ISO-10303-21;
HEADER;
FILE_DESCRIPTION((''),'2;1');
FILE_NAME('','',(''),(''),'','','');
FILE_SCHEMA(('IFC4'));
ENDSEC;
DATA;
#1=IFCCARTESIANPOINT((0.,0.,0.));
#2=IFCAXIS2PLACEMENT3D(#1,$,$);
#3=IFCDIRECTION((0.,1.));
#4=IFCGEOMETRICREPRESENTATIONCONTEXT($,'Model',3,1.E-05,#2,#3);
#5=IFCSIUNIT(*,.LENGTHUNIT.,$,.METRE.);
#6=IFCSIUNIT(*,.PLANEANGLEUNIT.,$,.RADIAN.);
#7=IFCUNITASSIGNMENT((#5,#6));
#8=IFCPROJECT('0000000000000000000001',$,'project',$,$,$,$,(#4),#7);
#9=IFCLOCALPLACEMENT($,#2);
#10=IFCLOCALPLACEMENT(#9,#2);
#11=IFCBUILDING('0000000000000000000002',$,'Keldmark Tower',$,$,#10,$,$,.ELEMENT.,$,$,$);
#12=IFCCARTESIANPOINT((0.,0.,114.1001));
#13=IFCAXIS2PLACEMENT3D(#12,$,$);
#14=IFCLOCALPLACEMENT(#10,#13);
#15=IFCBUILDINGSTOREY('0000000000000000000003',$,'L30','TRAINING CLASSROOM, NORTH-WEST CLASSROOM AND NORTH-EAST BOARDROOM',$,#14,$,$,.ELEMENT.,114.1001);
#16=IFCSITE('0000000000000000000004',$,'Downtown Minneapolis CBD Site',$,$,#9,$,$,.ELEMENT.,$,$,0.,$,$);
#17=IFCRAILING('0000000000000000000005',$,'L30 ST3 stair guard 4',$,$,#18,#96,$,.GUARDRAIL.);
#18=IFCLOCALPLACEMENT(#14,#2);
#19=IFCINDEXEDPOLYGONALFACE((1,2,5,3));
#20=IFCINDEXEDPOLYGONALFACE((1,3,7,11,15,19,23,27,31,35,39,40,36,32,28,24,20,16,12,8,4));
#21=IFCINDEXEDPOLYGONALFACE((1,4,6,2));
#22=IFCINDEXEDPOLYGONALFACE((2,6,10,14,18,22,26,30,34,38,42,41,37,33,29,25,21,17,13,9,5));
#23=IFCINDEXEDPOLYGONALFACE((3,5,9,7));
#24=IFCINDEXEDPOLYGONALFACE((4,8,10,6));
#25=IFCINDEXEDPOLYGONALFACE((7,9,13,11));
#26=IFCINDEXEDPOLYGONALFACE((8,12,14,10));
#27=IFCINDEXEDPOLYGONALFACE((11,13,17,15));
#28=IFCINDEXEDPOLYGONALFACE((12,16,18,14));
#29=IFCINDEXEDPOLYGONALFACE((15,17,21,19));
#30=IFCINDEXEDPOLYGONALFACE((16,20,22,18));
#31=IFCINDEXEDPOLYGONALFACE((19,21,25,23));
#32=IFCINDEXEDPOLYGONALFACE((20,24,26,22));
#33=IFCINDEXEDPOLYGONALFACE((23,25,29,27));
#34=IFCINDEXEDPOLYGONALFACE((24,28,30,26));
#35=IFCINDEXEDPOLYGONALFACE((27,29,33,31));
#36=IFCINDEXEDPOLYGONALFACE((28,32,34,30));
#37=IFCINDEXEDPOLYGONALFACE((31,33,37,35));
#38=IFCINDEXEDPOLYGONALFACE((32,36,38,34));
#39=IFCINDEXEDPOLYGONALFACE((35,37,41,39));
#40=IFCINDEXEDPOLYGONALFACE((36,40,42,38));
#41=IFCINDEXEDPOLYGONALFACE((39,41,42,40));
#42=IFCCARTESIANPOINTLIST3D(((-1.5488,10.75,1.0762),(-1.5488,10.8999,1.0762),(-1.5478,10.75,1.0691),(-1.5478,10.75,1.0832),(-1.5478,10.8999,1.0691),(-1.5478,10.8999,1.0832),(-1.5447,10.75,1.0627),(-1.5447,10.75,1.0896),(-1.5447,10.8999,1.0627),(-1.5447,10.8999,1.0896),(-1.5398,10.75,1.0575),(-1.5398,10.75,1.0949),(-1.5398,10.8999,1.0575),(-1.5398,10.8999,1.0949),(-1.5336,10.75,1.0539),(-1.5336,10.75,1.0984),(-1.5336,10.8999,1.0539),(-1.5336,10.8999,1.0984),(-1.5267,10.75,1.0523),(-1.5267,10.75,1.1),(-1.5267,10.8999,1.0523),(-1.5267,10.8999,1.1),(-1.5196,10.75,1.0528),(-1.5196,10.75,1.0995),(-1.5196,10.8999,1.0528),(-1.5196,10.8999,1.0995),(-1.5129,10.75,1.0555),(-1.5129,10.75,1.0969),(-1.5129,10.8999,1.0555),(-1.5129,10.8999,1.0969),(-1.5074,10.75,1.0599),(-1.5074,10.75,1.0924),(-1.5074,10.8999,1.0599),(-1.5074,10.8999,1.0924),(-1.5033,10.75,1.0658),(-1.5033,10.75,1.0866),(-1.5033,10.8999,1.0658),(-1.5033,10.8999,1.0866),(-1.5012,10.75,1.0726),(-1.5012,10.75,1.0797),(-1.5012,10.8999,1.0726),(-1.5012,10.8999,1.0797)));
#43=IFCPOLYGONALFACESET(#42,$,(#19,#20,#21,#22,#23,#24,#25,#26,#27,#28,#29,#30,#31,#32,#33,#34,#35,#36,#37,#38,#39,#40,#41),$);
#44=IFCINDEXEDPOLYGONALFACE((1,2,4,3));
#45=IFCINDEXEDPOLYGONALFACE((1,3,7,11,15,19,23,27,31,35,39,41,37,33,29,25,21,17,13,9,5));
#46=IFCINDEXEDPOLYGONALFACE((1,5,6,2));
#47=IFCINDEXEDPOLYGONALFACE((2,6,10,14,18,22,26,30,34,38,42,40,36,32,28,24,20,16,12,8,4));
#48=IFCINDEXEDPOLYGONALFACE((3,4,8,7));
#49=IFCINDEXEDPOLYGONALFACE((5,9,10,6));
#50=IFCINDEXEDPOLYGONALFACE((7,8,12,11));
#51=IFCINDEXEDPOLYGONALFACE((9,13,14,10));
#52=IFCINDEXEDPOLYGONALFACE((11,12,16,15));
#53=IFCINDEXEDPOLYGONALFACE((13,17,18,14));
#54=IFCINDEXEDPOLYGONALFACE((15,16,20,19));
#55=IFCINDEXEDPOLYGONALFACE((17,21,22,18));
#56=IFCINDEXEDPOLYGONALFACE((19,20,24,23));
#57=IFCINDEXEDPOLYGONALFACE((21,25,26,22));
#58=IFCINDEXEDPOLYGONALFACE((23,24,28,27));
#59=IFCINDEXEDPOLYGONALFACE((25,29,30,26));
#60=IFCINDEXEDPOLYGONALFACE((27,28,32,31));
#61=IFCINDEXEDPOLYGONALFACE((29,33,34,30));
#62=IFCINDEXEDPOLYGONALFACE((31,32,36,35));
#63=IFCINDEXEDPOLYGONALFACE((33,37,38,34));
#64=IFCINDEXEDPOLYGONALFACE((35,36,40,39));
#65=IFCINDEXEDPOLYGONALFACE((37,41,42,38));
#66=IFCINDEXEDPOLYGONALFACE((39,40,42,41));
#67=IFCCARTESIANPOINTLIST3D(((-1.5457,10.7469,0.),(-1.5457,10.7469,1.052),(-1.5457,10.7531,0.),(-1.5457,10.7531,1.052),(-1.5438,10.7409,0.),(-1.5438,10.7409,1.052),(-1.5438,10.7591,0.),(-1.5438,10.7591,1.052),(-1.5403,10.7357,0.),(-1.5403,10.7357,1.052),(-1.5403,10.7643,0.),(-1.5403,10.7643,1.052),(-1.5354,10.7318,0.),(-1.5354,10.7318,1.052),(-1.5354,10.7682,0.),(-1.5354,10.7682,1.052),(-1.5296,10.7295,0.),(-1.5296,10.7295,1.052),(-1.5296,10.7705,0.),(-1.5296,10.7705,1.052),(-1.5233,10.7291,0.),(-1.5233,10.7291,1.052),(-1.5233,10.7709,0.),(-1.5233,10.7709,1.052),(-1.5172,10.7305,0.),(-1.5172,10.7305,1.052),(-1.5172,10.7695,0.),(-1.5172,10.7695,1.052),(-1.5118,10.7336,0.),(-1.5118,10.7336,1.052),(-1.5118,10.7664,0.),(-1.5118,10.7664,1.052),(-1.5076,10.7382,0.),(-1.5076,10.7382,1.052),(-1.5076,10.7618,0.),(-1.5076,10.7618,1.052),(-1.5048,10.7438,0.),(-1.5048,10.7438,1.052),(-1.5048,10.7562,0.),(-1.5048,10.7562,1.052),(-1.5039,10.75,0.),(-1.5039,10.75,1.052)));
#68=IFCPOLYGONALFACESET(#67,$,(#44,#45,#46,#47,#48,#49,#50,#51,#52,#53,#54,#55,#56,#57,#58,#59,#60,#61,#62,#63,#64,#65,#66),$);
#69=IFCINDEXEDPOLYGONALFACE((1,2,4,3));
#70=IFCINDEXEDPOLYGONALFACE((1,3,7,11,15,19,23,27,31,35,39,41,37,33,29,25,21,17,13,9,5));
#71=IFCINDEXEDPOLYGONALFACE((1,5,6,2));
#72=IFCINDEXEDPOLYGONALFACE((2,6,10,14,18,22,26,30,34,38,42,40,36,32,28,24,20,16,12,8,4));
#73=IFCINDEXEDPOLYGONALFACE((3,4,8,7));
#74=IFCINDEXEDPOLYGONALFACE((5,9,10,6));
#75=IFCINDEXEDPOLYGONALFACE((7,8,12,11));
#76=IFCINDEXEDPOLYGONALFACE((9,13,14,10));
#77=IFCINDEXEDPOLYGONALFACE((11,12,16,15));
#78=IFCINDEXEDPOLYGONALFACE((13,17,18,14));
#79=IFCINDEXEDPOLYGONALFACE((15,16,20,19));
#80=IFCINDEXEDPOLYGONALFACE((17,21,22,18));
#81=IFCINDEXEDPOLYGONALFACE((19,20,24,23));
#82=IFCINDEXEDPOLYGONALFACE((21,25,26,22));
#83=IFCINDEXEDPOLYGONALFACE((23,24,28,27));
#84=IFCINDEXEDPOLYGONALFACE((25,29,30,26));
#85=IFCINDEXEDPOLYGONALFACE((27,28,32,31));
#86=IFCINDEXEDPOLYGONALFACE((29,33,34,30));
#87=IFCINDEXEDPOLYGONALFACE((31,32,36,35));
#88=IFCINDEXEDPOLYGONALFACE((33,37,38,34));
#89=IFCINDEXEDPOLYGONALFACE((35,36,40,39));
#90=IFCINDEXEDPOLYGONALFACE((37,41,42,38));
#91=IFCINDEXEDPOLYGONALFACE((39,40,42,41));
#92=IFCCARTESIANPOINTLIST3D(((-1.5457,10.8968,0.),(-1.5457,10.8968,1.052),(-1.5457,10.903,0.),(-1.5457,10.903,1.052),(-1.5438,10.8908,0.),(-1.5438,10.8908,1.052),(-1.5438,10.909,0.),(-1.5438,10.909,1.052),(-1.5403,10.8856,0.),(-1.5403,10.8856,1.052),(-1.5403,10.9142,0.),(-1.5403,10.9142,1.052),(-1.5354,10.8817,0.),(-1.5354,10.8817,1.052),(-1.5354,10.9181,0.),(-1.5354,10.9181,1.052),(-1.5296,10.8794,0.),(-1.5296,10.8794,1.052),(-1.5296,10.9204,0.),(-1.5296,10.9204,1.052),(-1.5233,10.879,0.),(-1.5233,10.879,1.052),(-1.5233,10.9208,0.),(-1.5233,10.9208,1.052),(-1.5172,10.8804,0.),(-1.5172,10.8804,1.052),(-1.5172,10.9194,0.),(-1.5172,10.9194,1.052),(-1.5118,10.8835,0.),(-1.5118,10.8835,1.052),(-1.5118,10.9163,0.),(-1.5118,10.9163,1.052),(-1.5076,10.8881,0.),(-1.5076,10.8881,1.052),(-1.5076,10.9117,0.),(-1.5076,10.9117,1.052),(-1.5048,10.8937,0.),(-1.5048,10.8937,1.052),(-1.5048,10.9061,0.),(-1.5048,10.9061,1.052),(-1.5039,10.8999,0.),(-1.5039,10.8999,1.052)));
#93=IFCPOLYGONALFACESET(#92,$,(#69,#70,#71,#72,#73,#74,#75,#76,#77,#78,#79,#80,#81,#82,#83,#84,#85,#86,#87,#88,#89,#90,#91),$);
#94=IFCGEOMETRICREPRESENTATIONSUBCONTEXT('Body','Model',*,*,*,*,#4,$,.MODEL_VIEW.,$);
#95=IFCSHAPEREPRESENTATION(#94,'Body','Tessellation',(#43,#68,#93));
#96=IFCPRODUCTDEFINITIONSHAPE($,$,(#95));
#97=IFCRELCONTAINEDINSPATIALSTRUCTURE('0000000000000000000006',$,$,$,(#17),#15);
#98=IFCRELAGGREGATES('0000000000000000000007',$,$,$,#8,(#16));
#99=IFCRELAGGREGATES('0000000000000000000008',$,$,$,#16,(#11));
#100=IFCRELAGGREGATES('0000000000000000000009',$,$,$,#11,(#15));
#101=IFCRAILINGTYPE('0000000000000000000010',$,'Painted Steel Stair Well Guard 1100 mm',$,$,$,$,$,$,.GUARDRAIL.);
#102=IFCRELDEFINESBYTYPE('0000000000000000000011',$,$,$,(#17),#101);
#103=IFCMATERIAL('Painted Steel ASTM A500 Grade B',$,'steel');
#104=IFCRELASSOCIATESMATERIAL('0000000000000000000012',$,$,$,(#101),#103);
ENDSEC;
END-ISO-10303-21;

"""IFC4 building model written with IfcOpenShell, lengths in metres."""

from ifc_helpers import new_model, si_unit, direction, frame, origin, origin_2d, place, context, subcontext, project, spatial, circle, extrude, material, type_object, element, save


model = new_model("IFC4")

# Units and contexts
model_context = context("Model", 3, precision=1e-05, world=origin(), true_north=direction((0.0, 1.0)))
body_context = subcontext(model_context, "Body", "Model", "MODEL_VIEW")
ifc_project = project(units=[si_unit("LENGTHUNIT", "METRE"), si_unit("PLANEANGLEUNIT", "RADIAN")], contexts=[model_context])

# Site, building, storey
site_placement = place(None, origin())
site = spatial("IfcSite", under=ifc_project, at=site_placement, Name="Downtown Minneapolis CBD Site", CompositionType="ELEMENT", RefElevation=0.0)
building_placement = place(site_placement, origin())
building = spatial("IfcBuilding", under=site, at=building_placement, Name="Keldmark Tower", CompositionType="ELEMENT")
storey_placement = place(building_placement, frame((0.0, 0.0, 114.1001)))
storey = spatial("IfcBuildingStorey", under=building, at=storey_placement, Name="L30", Description="TRAINING CLASSROOM, NORTH-WEST CLASSROOM AND NORTH-EAST BOARDROOM", CompositionType="ELEMENT", Elevation=114.1001)

# Railing
ifc_material_1 = material(Name="Painted Steel ASTM A500 Grade B", Category="steel")
railing_type = type_object("IfcRailingType", Name="Painted Steel Stair Well Guard 1100 mm", PredefinedType="GUARDRAIL", material=ifc_material_1)
railing_1_placement = place(storey_placement, frame((-1.5249, 10.75, 0.0)))
element("IfcRailing", 1, at=railing_1_placement, inside=storey, type_object=railing_type, Name="L30 ST3 stair guard 4", PredefinedType="GUARDRAIL", context=body_context, shape_type="SweptSolid", body=[
    extrude(circle(Radius=0.0239, at=origin_2d()), frame((0.0, 0.0, 1.0762), z_axis=(0.0, 1.0, 0.0), x_axis=(-1.0, 0.0, 0.0)), (0.0, 0.0, 1.0), 0.1499),
    extrude(circle(Radius=0.021, at=origin_2d()), origin(), (0.0, 0.0, 1.0), 1.052),
    extrude(circle(Radius=0.021, at=origin_2d()), frame((0.0, 0.1499, 0.0)), (0.0, 0.0, 1.0), 1.052),
])

save(model, "model.ifc")
